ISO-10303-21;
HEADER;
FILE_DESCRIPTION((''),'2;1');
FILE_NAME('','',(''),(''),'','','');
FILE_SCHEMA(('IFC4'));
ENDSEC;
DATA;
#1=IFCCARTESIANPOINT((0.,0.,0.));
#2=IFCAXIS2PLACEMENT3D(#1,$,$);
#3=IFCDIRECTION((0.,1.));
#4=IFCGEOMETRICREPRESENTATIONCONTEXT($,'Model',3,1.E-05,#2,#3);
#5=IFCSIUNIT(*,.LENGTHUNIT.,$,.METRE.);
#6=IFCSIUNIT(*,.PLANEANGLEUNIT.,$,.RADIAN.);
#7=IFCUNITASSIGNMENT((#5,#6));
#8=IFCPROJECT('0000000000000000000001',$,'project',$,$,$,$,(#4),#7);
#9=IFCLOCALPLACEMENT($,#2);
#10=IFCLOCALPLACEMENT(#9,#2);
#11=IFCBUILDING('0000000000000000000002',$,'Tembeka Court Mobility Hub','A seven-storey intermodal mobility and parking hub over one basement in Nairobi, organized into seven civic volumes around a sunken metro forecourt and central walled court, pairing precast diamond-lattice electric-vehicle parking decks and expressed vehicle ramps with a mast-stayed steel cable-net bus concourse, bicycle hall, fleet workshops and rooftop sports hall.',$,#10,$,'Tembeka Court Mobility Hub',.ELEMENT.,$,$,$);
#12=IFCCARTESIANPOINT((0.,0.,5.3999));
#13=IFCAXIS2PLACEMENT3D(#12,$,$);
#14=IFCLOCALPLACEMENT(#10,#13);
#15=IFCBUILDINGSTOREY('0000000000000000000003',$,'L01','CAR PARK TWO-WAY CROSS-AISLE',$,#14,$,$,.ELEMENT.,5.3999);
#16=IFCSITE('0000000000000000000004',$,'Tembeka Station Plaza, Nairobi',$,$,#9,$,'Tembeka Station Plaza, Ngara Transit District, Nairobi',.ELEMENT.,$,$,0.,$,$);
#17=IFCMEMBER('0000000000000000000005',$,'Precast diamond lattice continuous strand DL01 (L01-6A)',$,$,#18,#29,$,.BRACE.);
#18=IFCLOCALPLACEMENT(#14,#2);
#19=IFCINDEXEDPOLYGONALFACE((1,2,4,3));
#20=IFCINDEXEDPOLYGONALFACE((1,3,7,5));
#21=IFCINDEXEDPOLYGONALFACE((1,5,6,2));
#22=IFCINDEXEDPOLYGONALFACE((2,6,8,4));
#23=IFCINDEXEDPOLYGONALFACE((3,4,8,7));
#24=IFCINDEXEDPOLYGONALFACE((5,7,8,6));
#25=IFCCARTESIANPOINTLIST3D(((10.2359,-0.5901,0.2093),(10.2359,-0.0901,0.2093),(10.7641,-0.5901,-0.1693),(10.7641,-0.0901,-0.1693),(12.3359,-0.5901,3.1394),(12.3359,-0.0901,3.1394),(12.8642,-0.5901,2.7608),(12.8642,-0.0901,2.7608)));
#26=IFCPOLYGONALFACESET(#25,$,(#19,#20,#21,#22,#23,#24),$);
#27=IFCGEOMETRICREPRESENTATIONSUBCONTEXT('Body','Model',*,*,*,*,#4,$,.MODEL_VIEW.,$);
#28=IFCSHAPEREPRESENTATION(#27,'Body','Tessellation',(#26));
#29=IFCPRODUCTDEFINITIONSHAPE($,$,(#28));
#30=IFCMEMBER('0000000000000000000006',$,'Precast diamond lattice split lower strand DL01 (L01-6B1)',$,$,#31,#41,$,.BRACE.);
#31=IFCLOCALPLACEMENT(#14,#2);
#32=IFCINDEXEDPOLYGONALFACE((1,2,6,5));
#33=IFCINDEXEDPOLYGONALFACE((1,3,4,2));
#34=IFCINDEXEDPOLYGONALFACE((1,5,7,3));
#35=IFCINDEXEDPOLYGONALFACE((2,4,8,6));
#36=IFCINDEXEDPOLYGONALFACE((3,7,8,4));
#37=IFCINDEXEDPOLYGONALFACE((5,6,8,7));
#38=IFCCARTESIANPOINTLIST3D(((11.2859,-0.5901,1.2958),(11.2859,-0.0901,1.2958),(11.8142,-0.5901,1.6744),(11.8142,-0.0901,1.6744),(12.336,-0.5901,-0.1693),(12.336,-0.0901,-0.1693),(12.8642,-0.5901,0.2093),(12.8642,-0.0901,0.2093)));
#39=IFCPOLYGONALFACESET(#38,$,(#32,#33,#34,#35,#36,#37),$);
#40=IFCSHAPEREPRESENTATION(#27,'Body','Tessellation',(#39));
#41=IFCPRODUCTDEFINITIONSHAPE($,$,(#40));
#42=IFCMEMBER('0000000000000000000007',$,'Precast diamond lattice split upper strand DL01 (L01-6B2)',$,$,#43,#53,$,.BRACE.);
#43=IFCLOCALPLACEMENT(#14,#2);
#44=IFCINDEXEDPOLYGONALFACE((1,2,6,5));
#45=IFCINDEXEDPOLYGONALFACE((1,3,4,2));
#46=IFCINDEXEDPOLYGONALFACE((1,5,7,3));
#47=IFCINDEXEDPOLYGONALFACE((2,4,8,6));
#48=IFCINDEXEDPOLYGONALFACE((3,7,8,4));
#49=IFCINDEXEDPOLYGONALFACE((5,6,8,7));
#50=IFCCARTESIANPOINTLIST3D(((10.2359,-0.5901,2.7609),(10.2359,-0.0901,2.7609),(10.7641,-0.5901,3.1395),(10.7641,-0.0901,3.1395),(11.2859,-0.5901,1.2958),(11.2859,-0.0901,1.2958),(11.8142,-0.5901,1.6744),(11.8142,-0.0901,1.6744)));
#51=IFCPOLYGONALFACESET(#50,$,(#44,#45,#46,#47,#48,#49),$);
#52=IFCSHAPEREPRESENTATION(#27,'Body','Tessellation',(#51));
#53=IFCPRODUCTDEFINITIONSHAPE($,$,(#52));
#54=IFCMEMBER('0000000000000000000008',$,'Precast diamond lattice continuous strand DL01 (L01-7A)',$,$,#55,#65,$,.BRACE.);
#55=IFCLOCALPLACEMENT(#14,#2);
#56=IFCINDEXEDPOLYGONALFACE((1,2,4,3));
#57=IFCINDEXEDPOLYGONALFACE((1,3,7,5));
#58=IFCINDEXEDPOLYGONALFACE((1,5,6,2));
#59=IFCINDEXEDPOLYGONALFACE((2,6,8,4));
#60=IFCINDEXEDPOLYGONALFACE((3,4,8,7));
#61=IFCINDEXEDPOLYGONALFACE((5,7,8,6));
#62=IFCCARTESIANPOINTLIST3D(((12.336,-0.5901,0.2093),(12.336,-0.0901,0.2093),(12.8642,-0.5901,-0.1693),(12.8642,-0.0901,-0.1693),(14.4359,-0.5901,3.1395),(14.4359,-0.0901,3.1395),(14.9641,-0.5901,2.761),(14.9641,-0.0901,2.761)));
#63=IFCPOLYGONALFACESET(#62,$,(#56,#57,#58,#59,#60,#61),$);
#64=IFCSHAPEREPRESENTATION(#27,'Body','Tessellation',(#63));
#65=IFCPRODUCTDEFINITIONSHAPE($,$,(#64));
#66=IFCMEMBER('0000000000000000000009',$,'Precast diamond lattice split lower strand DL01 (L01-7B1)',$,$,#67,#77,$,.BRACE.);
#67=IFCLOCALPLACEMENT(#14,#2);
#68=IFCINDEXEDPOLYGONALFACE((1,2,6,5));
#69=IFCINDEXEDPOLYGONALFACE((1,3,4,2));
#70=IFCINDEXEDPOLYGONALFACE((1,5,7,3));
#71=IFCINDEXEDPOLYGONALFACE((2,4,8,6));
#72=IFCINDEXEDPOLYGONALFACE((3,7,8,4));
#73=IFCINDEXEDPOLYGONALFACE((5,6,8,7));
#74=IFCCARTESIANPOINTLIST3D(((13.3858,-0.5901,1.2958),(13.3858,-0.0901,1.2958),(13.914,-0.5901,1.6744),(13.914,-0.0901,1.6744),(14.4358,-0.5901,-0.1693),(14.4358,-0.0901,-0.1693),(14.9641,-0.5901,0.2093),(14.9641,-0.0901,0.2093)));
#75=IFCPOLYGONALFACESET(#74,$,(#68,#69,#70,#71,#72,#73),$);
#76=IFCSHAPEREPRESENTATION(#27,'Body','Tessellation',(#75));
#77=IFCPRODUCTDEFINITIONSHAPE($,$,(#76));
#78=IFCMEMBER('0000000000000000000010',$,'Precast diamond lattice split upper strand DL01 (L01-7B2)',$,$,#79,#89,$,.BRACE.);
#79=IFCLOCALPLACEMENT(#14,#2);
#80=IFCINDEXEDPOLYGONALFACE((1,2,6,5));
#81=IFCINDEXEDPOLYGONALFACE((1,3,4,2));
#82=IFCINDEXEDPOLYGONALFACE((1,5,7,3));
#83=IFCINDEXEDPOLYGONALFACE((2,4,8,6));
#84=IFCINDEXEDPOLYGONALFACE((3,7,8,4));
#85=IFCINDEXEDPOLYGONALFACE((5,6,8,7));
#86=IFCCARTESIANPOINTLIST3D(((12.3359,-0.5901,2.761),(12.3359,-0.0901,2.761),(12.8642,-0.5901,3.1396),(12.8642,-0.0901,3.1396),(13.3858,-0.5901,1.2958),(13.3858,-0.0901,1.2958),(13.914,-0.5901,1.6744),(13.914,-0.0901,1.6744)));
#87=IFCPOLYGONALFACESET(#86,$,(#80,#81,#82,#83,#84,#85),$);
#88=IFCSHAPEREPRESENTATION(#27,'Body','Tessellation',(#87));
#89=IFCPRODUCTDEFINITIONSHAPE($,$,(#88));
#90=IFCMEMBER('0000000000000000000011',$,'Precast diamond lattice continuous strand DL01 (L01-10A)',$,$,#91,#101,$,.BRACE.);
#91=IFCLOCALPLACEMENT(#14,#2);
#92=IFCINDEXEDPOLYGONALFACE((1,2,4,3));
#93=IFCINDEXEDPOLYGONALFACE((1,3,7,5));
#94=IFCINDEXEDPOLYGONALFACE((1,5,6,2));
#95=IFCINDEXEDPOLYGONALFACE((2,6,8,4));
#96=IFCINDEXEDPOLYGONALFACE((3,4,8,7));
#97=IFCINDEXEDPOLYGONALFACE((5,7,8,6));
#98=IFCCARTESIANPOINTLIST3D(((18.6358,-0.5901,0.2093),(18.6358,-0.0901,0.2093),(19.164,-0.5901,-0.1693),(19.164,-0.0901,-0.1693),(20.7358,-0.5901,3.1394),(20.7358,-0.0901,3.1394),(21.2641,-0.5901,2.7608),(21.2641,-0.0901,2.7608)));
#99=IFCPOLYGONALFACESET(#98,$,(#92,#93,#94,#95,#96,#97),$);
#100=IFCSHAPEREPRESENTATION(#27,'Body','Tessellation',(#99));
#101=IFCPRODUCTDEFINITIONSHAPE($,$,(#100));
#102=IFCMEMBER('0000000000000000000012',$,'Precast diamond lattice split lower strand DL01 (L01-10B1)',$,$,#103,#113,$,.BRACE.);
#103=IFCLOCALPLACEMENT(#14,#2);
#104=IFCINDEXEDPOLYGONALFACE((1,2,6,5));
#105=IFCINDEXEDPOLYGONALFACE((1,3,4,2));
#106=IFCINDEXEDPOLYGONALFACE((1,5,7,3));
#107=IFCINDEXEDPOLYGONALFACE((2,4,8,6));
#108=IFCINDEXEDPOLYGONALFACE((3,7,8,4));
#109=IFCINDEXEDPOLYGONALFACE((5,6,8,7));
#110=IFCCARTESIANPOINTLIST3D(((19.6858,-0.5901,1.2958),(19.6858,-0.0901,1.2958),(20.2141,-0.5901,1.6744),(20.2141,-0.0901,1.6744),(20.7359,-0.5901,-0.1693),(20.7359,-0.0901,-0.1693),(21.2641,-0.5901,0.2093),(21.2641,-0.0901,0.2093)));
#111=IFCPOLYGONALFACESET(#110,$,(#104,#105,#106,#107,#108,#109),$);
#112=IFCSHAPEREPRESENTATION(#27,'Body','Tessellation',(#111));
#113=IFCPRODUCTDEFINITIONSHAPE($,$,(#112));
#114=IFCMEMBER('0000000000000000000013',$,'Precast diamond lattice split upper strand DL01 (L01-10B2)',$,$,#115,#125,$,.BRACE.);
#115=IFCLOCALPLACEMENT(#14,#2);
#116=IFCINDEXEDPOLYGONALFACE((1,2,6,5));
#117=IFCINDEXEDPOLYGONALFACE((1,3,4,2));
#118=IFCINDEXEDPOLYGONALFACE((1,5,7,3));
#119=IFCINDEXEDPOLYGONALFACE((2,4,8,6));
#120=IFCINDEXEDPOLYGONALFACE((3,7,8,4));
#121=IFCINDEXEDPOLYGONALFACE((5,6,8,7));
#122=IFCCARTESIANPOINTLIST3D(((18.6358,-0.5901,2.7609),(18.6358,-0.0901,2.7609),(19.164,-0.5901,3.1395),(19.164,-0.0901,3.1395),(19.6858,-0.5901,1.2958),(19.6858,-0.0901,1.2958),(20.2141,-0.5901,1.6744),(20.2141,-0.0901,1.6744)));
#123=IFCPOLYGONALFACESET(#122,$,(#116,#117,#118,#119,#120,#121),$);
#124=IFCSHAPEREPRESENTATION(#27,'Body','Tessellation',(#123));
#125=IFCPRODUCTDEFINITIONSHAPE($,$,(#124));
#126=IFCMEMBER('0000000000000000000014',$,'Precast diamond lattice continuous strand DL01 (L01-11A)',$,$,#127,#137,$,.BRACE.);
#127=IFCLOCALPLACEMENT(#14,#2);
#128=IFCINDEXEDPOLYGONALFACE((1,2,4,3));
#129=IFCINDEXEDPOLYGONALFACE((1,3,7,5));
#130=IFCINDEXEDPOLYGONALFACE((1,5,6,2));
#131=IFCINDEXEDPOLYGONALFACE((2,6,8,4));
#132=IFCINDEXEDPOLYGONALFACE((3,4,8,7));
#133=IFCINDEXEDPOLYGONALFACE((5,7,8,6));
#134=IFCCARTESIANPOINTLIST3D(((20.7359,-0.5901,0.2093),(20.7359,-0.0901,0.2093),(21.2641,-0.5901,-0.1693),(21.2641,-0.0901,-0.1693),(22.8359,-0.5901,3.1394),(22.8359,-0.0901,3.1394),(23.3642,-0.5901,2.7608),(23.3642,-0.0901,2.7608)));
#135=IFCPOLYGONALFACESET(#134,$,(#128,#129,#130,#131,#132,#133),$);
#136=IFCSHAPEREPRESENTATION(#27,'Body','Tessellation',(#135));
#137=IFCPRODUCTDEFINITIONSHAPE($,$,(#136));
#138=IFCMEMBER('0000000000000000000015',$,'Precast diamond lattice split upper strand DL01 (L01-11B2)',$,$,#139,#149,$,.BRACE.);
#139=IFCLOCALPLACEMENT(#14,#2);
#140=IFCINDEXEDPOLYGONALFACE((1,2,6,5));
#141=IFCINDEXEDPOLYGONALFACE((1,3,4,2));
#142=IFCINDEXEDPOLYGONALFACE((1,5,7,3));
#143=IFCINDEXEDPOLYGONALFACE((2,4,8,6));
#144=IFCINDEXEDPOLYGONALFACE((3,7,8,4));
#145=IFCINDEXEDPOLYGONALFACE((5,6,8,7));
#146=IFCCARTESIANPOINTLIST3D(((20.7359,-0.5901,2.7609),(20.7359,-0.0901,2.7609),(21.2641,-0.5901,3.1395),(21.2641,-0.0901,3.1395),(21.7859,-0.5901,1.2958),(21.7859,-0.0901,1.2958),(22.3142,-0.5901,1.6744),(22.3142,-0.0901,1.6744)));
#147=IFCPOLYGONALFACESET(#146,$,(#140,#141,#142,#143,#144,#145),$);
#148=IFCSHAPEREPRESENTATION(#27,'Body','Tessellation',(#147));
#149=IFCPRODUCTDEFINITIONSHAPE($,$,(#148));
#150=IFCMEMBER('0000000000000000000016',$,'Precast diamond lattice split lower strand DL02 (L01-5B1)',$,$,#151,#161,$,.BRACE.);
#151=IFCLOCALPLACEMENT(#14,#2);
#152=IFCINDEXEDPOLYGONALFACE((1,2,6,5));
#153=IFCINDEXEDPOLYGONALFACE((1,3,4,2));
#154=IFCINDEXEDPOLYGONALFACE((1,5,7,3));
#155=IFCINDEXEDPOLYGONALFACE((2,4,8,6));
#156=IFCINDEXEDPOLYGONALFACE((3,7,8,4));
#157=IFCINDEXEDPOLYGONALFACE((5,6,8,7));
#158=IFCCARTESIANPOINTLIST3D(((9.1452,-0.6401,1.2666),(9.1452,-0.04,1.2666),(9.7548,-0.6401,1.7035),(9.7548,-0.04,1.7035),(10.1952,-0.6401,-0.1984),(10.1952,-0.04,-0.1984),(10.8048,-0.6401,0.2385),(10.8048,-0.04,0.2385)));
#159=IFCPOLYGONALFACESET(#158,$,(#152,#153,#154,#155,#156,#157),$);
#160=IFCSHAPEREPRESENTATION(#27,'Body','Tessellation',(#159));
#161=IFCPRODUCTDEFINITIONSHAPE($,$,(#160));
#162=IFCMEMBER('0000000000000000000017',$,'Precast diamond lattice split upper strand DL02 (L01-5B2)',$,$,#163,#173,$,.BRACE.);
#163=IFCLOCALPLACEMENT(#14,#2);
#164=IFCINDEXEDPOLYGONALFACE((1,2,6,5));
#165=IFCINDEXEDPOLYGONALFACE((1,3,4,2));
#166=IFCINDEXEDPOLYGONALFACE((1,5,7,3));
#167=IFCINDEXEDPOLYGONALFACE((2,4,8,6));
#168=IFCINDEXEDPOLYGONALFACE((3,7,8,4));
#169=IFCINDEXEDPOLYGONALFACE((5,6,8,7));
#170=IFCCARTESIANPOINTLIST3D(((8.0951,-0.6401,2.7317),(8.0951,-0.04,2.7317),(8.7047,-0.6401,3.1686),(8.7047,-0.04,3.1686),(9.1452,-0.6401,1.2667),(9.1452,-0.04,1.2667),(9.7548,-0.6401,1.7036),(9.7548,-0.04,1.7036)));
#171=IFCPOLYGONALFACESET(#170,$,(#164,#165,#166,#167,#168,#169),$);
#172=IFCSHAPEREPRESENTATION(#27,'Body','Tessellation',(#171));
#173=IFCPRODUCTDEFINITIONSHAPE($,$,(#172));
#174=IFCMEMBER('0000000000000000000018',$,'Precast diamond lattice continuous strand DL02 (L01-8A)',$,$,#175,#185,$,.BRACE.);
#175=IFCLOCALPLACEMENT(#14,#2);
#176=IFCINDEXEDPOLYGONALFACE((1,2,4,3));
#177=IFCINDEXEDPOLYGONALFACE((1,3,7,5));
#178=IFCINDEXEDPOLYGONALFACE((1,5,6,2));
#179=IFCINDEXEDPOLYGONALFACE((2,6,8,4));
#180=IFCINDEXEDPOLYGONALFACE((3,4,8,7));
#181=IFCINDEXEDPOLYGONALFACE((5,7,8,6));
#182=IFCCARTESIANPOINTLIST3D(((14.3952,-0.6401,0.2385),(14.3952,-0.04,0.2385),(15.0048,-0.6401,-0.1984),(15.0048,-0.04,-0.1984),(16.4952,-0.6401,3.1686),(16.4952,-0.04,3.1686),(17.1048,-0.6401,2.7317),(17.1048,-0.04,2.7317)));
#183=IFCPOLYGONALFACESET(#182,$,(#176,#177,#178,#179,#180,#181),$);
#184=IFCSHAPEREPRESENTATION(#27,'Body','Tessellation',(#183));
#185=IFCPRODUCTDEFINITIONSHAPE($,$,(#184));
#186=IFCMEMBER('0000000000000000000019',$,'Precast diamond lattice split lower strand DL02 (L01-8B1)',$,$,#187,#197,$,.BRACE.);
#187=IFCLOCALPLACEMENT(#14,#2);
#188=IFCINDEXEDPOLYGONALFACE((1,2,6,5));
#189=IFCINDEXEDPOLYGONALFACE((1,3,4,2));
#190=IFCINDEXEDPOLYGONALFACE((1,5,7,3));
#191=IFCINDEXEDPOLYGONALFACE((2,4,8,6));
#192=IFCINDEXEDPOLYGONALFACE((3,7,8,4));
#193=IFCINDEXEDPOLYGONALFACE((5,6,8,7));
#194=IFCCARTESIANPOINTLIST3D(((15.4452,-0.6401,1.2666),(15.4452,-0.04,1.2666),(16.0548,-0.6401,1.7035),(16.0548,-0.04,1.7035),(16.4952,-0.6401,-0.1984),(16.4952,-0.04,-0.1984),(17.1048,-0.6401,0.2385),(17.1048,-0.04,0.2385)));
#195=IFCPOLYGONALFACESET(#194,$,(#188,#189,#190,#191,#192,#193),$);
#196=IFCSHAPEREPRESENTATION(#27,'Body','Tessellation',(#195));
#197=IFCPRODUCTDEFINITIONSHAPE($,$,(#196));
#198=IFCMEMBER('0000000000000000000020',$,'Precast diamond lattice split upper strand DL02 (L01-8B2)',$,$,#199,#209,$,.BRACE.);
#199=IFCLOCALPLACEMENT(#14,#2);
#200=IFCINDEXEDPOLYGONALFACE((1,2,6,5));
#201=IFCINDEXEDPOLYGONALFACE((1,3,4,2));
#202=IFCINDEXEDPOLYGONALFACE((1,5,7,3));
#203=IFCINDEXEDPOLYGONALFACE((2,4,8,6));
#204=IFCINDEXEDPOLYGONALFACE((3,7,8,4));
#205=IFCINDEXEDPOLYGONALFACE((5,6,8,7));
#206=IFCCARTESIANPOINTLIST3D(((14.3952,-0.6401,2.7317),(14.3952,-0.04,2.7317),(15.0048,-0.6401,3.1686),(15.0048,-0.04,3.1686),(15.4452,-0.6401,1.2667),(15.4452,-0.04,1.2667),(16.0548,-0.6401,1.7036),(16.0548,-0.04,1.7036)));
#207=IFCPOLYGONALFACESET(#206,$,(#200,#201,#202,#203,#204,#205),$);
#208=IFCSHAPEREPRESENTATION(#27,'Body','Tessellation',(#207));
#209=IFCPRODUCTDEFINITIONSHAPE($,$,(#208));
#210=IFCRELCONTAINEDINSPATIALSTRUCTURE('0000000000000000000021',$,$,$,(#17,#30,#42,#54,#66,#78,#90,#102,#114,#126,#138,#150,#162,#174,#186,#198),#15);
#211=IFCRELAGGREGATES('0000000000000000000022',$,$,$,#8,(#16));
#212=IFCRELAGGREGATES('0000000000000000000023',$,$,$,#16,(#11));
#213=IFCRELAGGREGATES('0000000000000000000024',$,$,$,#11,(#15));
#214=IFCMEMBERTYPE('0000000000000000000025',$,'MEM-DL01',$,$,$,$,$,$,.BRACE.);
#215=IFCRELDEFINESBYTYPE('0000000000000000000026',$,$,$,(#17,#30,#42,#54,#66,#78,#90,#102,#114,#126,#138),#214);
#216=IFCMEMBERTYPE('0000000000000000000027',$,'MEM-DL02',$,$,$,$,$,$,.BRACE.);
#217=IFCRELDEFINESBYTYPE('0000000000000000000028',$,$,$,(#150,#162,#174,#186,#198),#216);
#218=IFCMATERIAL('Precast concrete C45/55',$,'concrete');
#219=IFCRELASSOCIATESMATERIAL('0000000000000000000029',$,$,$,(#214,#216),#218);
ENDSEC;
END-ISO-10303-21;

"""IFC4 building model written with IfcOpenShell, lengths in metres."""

from ifc_helpers import new_model, si_unit, direction, frame, origin, origin_2d, place, context, subcontext, project, spatial, rectangle, extrude, material, material_profile, profile_set, type_object, element, save


model = new_model("IFC4")

# Units and contexts
model_context = context("Model", 3, precision=1e-05, world=origin(), true_north=direction((0.0, 1.0)))
body_context = subcontext(model_context, "Body", "Model", "MODEL_VIEW")
ifc_project = project(units=[si_unit("LENGTHUNIT", "METRE"), si_unit("PLANEANGLEUNIT", "RADIAN")], contexts=[model_context])

# Site, building, storey
site_placement = place(None, origin())
site = spatial("IfcSite", under=ifc_project, at=site_placement, Name="Tembeka Station Plaza, Nairobi", LongName="Tembeka Station Plaza, Ngara Transit District, Nairobi", CompositionType="ELEMENT", RefElevation=0.0)
building_placement = place(site_placement, origin())
building = spatial("IfcBuilding", under=site, at=building_placement, Name="Tembeka Court Mobility Hub", Description="A seven-storey intermodal mobility and parking hub over one basement in Nairobi, organized into seven civic volumes around a sunken metro forecourt and central walled court, pairing precast diamond-lattice electric-vehicle parking decks and expressed vehicle ramps with a mast-stayed steel cable-net bus concourse, bicycle hall, fleet workshops and rooftop sports hall.", LongName="Tembeka Court Mobility Hub", CompositionType="ELEMENT")
storey_placement = place(building_placement, frame((0.0, 0.0, 5.3999)))
storey = spatial("IfcBuildingStorey", under=building, at=storey_placement, Name="L01", Description="CAR PARK TWO-WAY CROSS-AISLE", CompositionType="ELEMENT", Elevation=5.3999)

# Members
ifc_material = material(Name="Precast concrete C45/55", Category="concrete")
ifc_material_profile_1 = material_profile(ifc_material, rectangle(XDim=0.5, YDim=0.6499, at=origin_2d()), Name="PC-DIAG 500x650")
ifc_profile_set_1 = profile_set([ifc_material_profile_1], Name="Precast concrete C45/55")
member_type_1 = type_object("IfcMemberType", Name="MEM-DL01", PredefinedType="BRACE", material=ifc_profile_set_1)
member_1_placement = place(storey_placement, frame((10.5, -0.3401, 0.02), z_axis=(0.582544, 0.0, 0.812799), x_axis=(0.0, 1.0, 0.0)))
element("IfcMember", 1, at=member_1_placement, inside=storey, type_object=member_type_1, Name="Precast diamond lattice continuous strand DL01 (L01-6A)", PredefinedType="BRACE", context=body_context, shape_type="SweptSolid", body=[
    extrude(rectangle(XDim=0.5, YDim=0.6499, at=origin_2d()), origin(), (0.0, 0.0, 1.0), 3.605),
])
for number, where, z_axis, x_axis, name in (
    (2, (12.6001, -0.3401, 0.02), (-0.582544, 0.0, 0.812799), (0.0, -1.0, 0.0), "Precast diamond lattice split lower strand DL01 (L01-6B1)"),
    (3, (11.55, -0.3401, 1.4851), (-0.582544, 0.0, 0.812799), (0.0, -1.0, 0.0), "Precast diamond lattice split upper strand DL01 (L01-6B2)"),
):
    element("IfcMember", number, at=place(storey_placement, frame(where, z_axis=z_axis, x_axis=x_axis)), inside=storey, type_object=member_type_1, Name=name, PredefinedType="BRACE", context=body_context, shape_type="SweptSolid", body=[
        extrude(rectangle(XDim=0.5, YDim=0.6499, at=origin_2d()), origin(), (0.0, 0.0, 1.0), 1.8025),
    ])
member_2_placement = place(storey_placement, frame((12.6001, -0.3401, 0.02), z_axis=(0.5825, 0.0, 0.812831), x_axis=(0.0, 1.0, 0.0)))
element("IfcMember", 4, at=member_2_placement, inside=storey, type_object=member_type_1, Name="Precast diamond lattice continuous strand DL01 (L01-7A)", PredefinedType="BRACE", context=body_context, shape_type="SweptSolid", body=[
    extrude(rectangle(XDim=0.5, YDim=0.6499, at=origin_2d()), origin(), (0.0, 0.0, 1.0), 3.605),
])
for number, where, z_axis, x_axis, name in (
    (5, (14.7, -0.3401, 0.02), (-0.582544, 0.0, 0.812799), (0.0, -1.0, 0.0), "Precast diamond lattice split lower strand DL01 (L01-7B1)"),
    (6, (13.6499, -0.3401, 1.4851), (-0.582455, 0.0, 0.812863), (0.0, -1.0, 0.0), "Precast diamond lattice split upper strand DL01 (L01-7B2)"),
):
    element("IfcMember", number, at=place(storey_placement, frame(where, z_axis=z_axis, x_axis=x_axis)), inside=storey, type_object=member_type_1, Name=name, PredefinedType="BRACE", context=body_context, shape_type="SweptSolid", body=[
        extrude(rectangle(XDim=0.5, YDim=0.6499, at=origin_2d()), origin(), (0.0, 0.0, 1.0), 1.8025),
    ])
member_3_placement = place(storey_placement, frame((18.8999, -0.3401, 0.02), z_axis=(0.582544, 0.0, 0.812799), x_axis=(0.0, 1.0, 0.0)))
element("IfcMember", 7, at=member_3_placement, inside=storey, type_object=member_type_1, Name="Precast diamond lattice continuous strand DL01 (L01-10A)", PredefinedType="BRACE", context=body_context, shape_type="SweptSolid", body=[
    extrude(rectangle(XDim=0.5, YDim=0.6499, at=origin_2d()), origin(), (0.0, 0.0, 1.0), 3.605),
])
for number, where, z_axis, x_axis, name in (
    (8, (21.0, -0.3401, 0.02), (-0.582544, 0.0, 0.812799), (0.0, -1.0, 0.0), "Precast diamond lattice split lower strand DL01 (L01-10B1)"),
    (9, (19.95, -0.3401, 1.4851), (-0.582544, 0.0, 0.812799), (0.0, -1.0, 0.0), "Precast diamond lattice split upper strand DL01 (L01-10B2)"),
):
    element("IfcMember", number, at=place(storey_placement, frame(where, z_axis=z_axis, x_axis=x_axis)), inside=storey, type_object=member_type_1, Name=name, PredefinedType="BRACE", context=body_context, shape_type="SweptSolid", body=[
        extrude(rectangle(XDim=0.5, YDim=0.6499, at=origin_2d()), origin(), (0.0, 0.0, 1.0), 1.8025),
    ])
member_4_placement = place(storey_placement, frame((21.0, -0.3401, 0.02), z_axis=(0.582544, 0.0, 0.812799), x_axis=(0.0, 1.0, 0.0)))
element("IfcMember", 10, at=member_4_placement, inside=storey, type_object=member_type_1, Name="Precast diamond lattice continuous strand DL01 (L01-11A)", PredefinedType="BRACE", context=body_context, shape_type="SweptSolid", body=[
    extrude(rectangle(XDim=0.5, YDim=0.6499, at=origin_2d()), origin(), (0.0, 0.0, 1.0), 3.605),
])
member_5_placement = place(storey_placement, frame((22.05, -0.3401, 1.4851), z_axis=(-0.582544, 0.0, 0.812799), x_axis=(0.0, -1.0, 0.0)))
element("IfcMember", 11, at=member_5_placement, inside=storey, type_object=member_type_1, Name="Precast diamond lattice split upper strand DL01 (L01-11B2)", PredefinedType="BRACE", context=body_context, shape_type="SweptSolid", body=[
    extrude(rectangle(XDim=0.5, YDim=0.6499, at=origin_2d()), origin(), (0.0, 0.0, 1.0), 1.8025),
])
ifc_material_profile_2 = material_profile(ifc_material, rectangle(XDim=0.6001, YDim=0.75, at=origin_2d()), Name="PC-DIAG 600x750")
ifc_profile_set_2 = profile_set([ifc_material_profile_2], Name="Precast concrete C45/55")
member_type_2 = type_object("IfcMemberType", Name="MEM-DL02", PredefinedType="BRACE", material=ifc_profile_set_2)
for number, where, z_axis, x_axis, name in (
    (12, (10.5, -0.3401, 0.02), (-0.582544, 0.0, 0.812799), (0.0, -1.0, 0.0), "Precast diamond lattice split lower strand DL02 (L01-5B1)"),
    (13, (9.45, -0.3401, 1.4851), (-0.582544, 0.0, 0.812799), (0.0, -1.0, 0.0), "Precast diamond lattice split upper strand DL02 (L01-5B2)"),
):
    element("IfcMember", number, at=place(storey_placement, frame(where, z_axis=z_axis, x_axis=x_axis)), inside=storey, type_object=member_type_2, Name=name, PredefinedType="BRACE", context=body_context, shape_type="SweptSolid", body=[
        extrude(rectangle(XDim=0.6001, YDim=0.75, at=origin_2d()), origin(), (0.0, 0.0, 1.0), 1.8025),
    ])
member_6_placement = place(storey_placement, frame((14.7, -0.3401, 0.02), z_axis=(0.582544, 0.0, 0.812799), x_axis=(0.0, 1.0, 0.0)))
element("IfcMember", 14, at=member_6_placement, inside=storey, type_object=member_type_2, Name="Precast diamond lattice continuous strand DL02 (L01-8A)", PredefinedType="BRACE", context=body_context, shape_type="SweptSolid", body=[
    extrude(rectangle(XDim=0.6001, YDim=0.75, at=origin_2d()), origin(), (0.0, 0.0, 1.0), 3.605),
])
for number, where, z_axis, x_axis, name in (
    (15, (16.8, -0.3401, 0.02), (-0.582544, 0.0, 0.812799), (0.0, -1.0, 0.0), "Precast diamond lattice split lower strand DL02 (L01-8B1)"),
    (16, (15.75, -0.3401, 1.4851), (-0.582544, 0.0, 0.812799), (0.0, -1.0, 0.0), "Precast diamond lattice split upper strand DL02 (L01-8B2)"),
):
    element("IfcMember", number, at=place(storey_placement, frame(where, z_axis=z_axis, x_axis=x_axis)), inside=storey, type_object=member_type_2, Name=name, PredefinedType="BRACE", context=body_context, shape_type="SweptSolid", body=[
        extrude(rectangle(XDim=0.6001, YDim=0.75, at=origin_2d()), origin(), (0.0, 0.0, 1.0), 1.8025),
    ])

save(model, "model.ifc")
